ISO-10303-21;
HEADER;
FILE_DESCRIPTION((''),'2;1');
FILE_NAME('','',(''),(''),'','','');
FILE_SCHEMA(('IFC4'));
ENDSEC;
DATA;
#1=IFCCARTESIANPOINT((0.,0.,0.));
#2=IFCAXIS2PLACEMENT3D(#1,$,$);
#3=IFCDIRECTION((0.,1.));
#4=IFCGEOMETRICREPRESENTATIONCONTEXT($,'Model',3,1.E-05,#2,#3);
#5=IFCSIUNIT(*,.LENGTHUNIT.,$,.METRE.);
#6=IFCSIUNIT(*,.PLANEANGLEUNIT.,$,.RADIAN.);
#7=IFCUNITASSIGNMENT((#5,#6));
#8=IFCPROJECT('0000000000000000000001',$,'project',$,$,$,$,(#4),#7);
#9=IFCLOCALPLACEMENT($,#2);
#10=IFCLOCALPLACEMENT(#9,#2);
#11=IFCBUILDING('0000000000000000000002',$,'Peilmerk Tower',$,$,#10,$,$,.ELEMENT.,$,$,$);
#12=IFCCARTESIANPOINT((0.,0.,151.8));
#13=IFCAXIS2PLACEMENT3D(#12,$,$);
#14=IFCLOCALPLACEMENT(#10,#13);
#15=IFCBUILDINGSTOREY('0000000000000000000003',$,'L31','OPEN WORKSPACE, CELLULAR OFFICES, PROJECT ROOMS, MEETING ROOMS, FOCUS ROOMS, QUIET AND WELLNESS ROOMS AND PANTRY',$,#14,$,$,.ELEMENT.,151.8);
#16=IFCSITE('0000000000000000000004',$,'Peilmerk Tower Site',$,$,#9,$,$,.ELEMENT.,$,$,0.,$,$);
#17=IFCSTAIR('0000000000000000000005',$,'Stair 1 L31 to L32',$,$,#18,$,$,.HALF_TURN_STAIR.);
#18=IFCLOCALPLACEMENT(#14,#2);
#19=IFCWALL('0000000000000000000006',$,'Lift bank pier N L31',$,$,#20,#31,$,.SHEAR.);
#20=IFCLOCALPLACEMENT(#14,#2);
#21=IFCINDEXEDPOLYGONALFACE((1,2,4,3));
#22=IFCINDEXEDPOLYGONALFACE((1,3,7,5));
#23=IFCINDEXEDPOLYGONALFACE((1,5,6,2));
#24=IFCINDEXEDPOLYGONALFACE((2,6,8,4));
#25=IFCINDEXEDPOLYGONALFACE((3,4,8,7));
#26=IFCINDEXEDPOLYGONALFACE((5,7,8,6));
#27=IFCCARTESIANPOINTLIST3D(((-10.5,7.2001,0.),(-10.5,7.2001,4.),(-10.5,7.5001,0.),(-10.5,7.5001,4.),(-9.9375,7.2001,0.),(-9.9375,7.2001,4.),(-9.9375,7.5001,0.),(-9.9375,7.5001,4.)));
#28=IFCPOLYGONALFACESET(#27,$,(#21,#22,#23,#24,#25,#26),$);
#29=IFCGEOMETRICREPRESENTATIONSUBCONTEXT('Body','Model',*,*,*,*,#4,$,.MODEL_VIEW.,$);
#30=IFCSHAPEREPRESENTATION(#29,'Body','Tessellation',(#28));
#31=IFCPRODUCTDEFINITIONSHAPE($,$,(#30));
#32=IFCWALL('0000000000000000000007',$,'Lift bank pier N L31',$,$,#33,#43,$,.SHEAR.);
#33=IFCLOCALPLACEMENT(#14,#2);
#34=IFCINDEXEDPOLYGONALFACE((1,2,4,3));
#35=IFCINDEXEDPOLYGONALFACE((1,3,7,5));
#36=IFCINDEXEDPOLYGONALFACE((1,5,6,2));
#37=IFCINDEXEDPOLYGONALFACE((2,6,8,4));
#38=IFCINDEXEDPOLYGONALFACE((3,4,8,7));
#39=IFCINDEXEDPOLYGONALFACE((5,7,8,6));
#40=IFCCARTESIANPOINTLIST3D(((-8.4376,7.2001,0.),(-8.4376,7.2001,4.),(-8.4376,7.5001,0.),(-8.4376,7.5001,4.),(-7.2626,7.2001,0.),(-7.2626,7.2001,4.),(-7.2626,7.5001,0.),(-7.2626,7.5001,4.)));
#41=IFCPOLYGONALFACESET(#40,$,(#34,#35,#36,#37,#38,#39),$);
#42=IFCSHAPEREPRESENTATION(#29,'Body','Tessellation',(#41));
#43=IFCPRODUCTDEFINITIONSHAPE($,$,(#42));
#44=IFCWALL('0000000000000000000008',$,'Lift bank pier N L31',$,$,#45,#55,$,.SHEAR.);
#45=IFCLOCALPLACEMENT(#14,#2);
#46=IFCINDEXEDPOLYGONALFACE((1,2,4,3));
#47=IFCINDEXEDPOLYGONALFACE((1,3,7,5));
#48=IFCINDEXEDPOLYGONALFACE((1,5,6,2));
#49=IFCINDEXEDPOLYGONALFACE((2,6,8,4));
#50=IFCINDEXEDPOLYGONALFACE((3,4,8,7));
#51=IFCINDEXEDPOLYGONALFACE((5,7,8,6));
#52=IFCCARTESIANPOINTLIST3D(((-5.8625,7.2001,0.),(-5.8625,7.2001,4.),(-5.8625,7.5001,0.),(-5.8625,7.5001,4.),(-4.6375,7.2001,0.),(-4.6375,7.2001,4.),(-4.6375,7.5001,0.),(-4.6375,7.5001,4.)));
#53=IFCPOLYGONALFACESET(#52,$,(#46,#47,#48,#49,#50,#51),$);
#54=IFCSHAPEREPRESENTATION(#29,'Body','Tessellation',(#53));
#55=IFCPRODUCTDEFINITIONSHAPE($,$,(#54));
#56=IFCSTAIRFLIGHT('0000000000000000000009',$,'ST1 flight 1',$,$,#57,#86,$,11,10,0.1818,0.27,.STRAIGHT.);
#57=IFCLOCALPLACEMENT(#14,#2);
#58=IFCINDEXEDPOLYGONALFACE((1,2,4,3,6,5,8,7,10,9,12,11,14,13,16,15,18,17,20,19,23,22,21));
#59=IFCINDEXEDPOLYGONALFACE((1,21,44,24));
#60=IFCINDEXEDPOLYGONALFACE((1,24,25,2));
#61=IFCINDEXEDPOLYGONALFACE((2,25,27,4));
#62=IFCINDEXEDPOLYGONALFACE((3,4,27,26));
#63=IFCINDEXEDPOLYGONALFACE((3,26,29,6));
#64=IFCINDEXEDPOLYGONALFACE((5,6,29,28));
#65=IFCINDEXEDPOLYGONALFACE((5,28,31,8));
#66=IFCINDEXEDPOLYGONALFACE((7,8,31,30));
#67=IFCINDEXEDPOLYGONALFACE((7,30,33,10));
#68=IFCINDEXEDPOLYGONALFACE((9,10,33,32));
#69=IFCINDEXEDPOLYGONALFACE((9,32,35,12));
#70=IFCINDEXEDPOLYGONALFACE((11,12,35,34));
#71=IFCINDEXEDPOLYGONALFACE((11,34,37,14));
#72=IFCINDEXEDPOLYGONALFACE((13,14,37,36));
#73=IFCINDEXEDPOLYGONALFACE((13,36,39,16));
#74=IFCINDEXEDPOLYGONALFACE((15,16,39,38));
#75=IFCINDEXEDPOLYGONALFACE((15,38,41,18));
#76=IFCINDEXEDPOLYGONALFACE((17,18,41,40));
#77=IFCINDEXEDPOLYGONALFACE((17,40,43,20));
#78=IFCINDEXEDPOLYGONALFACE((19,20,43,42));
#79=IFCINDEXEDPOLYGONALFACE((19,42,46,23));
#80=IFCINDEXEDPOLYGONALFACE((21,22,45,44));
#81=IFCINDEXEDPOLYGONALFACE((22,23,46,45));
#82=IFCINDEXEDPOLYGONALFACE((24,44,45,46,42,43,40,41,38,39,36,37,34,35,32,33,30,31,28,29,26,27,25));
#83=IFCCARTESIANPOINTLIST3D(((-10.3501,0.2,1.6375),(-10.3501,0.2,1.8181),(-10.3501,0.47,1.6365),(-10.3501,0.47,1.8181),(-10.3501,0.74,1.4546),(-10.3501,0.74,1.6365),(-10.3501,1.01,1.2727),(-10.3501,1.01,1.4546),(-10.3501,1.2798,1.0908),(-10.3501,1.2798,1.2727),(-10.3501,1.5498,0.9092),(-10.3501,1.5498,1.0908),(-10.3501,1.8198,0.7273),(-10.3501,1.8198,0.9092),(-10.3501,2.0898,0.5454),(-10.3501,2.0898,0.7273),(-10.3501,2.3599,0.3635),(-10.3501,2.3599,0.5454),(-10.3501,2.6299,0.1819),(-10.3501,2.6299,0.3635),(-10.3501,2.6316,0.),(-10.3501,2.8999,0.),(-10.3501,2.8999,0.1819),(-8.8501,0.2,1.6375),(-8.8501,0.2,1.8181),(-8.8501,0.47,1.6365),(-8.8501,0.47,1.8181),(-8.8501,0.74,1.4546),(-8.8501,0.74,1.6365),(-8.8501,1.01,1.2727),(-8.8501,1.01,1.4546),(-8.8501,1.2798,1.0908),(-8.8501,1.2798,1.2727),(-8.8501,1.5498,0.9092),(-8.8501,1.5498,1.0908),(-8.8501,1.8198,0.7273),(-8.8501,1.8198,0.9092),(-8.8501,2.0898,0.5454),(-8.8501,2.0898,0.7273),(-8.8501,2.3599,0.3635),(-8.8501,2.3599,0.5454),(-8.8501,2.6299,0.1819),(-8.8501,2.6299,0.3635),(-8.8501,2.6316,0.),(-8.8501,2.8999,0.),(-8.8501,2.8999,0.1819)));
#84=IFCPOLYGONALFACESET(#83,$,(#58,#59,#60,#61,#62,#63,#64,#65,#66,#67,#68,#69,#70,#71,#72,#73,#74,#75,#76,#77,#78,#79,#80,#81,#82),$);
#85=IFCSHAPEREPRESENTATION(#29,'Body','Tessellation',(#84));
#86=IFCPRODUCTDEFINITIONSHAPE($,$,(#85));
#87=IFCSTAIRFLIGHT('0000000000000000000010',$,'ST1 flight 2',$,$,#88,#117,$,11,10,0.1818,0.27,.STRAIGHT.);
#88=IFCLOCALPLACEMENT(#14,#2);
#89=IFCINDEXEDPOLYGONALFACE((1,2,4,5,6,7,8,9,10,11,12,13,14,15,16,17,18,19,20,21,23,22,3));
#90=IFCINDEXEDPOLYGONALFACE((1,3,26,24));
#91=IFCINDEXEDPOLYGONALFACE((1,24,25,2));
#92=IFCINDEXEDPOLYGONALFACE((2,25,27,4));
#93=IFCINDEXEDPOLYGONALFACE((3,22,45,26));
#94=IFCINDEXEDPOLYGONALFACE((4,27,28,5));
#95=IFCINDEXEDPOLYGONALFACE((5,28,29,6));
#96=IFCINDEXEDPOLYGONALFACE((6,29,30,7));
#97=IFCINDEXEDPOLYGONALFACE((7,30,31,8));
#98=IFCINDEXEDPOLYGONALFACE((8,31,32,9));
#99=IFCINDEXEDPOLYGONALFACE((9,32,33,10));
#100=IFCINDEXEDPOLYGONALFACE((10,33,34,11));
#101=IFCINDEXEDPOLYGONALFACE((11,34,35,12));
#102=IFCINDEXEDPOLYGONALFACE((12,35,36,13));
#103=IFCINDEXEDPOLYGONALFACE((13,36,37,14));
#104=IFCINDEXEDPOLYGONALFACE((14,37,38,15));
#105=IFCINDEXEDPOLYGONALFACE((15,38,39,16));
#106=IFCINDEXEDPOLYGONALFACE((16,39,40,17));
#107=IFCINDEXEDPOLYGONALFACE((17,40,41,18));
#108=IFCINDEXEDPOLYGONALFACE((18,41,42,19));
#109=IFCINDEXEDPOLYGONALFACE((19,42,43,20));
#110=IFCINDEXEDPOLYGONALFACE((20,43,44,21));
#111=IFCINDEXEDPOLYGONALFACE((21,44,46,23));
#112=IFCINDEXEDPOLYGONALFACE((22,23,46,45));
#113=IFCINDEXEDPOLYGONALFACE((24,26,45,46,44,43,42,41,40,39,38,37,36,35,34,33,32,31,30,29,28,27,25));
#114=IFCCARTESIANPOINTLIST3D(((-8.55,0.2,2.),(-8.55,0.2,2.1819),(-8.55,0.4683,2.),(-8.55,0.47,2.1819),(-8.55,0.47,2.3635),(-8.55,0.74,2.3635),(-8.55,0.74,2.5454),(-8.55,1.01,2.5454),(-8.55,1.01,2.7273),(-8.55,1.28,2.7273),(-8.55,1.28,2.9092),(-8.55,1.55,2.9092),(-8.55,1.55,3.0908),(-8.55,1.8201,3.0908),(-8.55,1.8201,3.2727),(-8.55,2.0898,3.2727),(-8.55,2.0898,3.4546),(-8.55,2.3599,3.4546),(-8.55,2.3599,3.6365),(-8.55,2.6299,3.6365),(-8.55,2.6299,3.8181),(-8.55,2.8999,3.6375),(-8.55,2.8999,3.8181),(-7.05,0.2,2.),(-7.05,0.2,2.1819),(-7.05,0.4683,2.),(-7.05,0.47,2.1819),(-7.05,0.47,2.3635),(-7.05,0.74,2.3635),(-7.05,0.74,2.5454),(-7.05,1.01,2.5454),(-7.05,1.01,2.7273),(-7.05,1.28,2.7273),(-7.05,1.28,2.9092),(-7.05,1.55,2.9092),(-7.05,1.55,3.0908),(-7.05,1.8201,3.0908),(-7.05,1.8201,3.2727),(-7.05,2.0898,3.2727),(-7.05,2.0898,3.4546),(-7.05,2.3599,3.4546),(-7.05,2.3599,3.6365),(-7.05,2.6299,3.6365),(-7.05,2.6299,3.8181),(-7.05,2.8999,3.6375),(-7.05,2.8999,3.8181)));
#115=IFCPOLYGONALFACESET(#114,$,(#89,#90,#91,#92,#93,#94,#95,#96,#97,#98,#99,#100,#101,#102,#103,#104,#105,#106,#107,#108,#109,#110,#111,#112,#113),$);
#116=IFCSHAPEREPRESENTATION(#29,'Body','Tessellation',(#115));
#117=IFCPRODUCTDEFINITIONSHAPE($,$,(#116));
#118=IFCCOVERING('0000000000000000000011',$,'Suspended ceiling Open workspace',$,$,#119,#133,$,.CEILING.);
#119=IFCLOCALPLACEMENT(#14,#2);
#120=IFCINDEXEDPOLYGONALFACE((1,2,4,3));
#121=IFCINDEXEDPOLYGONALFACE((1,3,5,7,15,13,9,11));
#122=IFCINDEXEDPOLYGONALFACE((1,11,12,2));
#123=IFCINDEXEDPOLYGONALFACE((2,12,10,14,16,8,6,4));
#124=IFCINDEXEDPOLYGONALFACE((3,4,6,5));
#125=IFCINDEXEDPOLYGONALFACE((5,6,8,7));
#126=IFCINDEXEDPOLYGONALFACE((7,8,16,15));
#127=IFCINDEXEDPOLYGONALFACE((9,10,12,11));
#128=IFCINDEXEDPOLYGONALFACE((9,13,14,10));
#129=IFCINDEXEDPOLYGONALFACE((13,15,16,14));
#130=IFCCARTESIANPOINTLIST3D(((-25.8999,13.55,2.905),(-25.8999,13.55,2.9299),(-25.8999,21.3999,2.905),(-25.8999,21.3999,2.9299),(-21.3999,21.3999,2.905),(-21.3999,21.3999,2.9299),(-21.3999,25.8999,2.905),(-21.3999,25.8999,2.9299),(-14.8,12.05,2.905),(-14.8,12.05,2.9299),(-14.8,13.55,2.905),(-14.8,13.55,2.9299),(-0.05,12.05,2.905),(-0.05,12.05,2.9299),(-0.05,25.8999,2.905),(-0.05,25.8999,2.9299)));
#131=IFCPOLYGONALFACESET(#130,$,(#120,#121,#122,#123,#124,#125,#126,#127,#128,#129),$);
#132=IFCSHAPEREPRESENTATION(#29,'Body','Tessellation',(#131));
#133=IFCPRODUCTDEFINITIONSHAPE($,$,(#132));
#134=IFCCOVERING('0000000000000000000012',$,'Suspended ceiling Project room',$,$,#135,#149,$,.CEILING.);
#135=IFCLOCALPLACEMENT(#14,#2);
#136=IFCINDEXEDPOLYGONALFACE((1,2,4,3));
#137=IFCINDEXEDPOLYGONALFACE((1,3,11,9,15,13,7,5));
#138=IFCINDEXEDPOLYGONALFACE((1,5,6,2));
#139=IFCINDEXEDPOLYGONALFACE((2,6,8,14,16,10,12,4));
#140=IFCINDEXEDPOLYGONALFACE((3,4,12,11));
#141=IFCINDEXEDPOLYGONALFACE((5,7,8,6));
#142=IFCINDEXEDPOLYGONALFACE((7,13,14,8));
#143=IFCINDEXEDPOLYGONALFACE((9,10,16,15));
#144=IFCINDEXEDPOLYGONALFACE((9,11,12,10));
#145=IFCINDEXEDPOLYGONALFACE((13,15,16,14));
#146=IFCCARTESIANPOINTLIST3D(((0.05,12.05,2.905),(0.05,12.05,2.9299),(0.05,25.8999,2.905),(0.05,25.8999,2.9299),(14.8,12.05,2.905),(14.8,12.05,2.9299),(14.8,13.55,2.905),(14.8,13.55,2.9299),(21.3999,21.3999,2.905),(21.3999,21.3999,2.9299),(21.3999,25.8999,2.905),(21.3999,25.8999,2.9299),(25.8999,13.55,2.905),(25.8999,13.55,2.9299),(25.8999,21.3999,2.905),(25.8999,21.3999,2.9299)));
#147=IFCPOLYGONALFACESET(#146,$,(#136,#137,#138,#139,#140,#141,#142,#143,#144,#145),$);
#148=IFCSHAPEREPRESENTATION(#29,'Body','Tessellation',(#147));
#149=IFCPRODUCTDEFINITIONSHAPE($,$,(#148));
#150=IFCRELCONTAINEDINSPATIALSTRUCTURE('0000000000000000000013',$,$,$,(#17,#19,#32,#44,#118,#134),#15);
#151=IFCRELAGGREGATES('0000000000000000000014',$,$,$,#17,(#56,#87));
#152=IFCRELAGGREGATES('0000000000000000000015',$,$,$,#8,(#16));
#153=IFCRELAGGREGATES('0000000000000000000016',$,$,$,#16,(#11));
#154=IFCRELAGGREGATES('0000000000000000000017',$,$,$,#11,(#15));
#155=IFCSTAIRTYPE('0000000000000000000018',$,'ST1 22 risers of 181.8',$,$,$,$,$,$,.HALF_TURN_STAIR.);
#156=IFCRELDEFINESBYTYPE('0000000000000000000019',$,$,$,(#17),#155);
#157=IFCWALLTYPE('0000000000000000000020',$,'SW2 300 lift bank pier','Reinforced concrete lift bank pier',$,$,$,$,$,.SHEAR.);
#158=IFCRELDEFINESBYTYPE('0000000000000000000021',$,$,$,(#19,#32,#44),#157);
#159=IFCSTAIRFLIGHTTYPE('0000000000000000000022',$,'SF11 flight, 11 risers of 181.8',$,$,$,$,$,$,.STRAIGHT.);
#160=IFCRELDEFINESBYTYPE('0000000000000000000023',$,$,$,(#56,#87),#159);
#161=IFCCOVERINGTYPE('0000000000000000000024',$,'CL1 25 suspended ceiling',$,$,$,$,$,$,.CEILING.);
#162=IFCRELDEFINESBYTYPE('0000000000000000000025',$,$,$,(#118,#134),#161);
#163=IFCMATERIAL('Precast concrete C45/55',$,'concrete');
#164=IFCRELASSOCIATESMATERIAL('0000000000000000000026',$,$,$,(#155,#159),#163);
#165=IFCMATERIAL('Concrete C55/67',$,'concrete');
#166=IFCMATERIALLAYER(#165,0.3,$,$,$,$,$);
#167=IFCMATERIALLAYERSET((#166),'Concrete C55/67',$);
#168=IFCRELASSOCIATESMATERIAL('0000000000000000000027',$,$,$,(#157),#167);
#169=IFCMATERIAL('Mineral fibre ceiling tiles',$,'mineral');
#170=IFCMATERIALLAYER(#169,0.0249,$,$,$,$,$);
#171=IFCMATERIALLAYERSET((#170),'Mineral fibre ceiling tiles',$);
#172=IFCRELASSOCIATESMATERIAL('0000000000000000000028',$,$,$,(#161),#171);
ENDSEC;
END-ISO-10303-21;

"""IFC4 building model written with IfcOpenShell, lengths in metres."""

from ifc_helpers import new_model, si_unit, direction, frame, frame_2d, origin, place, context, subcontext, project, spatial, polyline, rectangle, outline, extrude, material, layer, layer_set, type_object, element, aggregate, save


model = new_model("IFC4")

# Units and contexts
model_context = context("Model", 3, precision=1e-05, world=origin(), true_north=direction((0.0, 1.0)))
body_context = subcontext(model_context, "Body", "Model", "MODEL_VIEW")
ifc_project = project(units=[si_unit("LENGTHUNIT", "METRE"), si_unit("PLANEANGLEUNIT", "RADIAN")], contexts=[model_context])

# Site, building, storey
site_placement = place(None, origin())
site = spatial("IfcSite", under=ifc_project, at=site_placement, Name="Peilmerk Tower Site", CompositionType="ELEMENT", RefElevation=0.0)
building_placement = place(site_placement, origin())
building = spatial("IfcBuilding", under=site, at=building_placement, Name="Peilmerk Tower", CompositionType="ELEMENT")
storey_placement = place(building_placement, frame((0.0, 0.0, 151.8)))
storey = spatial("IfcBuildingStorey", under=building, at=storey_placement, Name="L31", Description="OPEN WORKSPACE, CELLULAR OFFICES, PROJECT ROOMS, MEETING ROOMS, FOCUS ROOMS, QUIET AND WELLNESS ROOMS AND PANTRY", CompositionType="ELEMENT", Elevation=151.8)

# Shared definitions
ifc_material_1 = material(Name="Concrete C55/67", Category="concrete")

# Stair
ifc_material_2 = material(Name="Precast concrete C45/55", Category="concrete")
stair_type_1 = type_object("IfcStairType", Name="ST1 22 risers of 181.8", PredefinedType="HALF_TURN_STAIR", material=ifc_material_2)
stair_1_placement = place(storey_placement, origin())
stair_1 = element("IfcStair", 1, at=stair_1_placement, inside=storey, type_object=stair_type_1, Name="Stair 1 L31 to L32", PredefinedType="HALF_TURN_STAIR")

# Walls
ifc_layer_1 = layer(ifc_material_1, 0.3)
ifc_layer_set_1 = layer_set([ifc_layer_1], Name="Concrete C55/67")
wall_type_1 = type_object("IfcWallType", Name="SW2 300 lift bank pier", Description="Reinforced concrete lift bank pier", PredefinedType="SHEAR", material=ifc_layer_set_1)
wall_1_placement = place(storey_placement, frame((-10.5, 7.3501, 0.0), z_axis=(0.0, 0.0, 1.0), x_axis=(1.0, 0.0, 0.0)))
element("IfcWall", 2, at=wall_1_placement, inside=storey, type_object=wall_type_1, Name="Lift bank pier N L31", PredefinedType="SHEAR", context=body_context, shape_type="SweptSolid", body=[
    extrude(rectangle(XDim=0.5625, YDim=0.3, at=frame_2d((0.2812, 0.0))), origin(), (0.0, 0.0, 1.0), 4.0),
])
wall_2_placement = place(storey_placement, frame((-8.4375, 7.3501, 0.0), z_axis=(0.0, 0.0, 1.0), x_axis=(1.0, 0.0, 0.0)))
element("IfcWall", 3, at=wall_2_placement, inside=storey, type_object=wall_type_1, Name="Lift bank pier N L31", PredefinedType="SHEAR", context=body_context, shape_type="SweptSolid", body=[
    extrude(rectangle(XDim=1.175, YDim=0.3, at=frame_2d((0.5874, 0.0))), origin(), (0.0, 0.0, 1.0), 4.0),
])
wall_3_placement = place(storey_placement, frame((-5.8625, 7.3501, 0.0), z_axis=(0.0, 0.0, 1.0), x_axis=(1.0, 0.0, 0.0)))
element("IfcWall", 4, at=wall_3_placement, inside=storey, type_object=wall_type_1, Name="Lift bank pier N L31", PredefinedType="SHEAR", context=body_context, shape_type="SweptSolid", body=[
    extrude(rectangle(XDim=1.2251, YDim=0.3, at=frame_2d((0.6125, 0.0))), origin(), (0.0, 0.0, 1.0), 4.0),
])

# Stair flights
stair_flight_type = type_object("IfcStairFlightType", Name="SF11 flight, 11 risers of 181.8", PredefinedType="STRAIGHT", material=ifc_material_2)
stair_flight_1_placement = place(storey_placement, frame((-9.6001, 2.8999, 0.0), z_axis=(0.0, 0.0, 1.0), x_axis=(0.0, -1.0, 0.0)))
stair_flight_1 = element("IfcStairFlight", 5, at=stair_flight_1_placement, type_object=stair_flight_type, Name="ST1 flight 1", NumberOfRisers=11, NumberOfTreads=10, PredefinedType="STRAIGHT", RiserHeight=0.1818, TreadLength=0.27, context=body_context, shape_type="SweptSolid", body=[
    extrude(outline(polyline([(0.0, 0.0), (0.0, 0.1819), (0.27, 0.1819), (0.27, 0.3635), (0.54, 0.3635), (0.54, 0.5454), (0.8101, 0.5454), (0.8101, 0.7273), (1.0801, 0.7273), (1.0801, 0.9092), (1.3501, 0.9092), (1.3501, 1.0908), (1.6201, 1.0908), (1.6201, 1.2727), (1.8899, 1.2727), (1.8899, 1.4546), (2.1599, 1.4546), (2.1599, 1.6365), (2.4299, 1.6365), (2.4299, 1.8181), (2.7, 1.8181), (2.7, 2.0), (2.7, 1.6375), (0.2683, 0.0), (0.0, 0.0)])), frame((0.0, 0.75, 0.0), z_axis=(0.0, -1.0, 0.0), x_axis=(1.0, 0.0, 0.0)), (0.0, 0.0, 1.0), 1.5),
])
stair_flight_2_placement = place(storey_placement, frame((-7.8, 0.2, 2.0), z_axis=(0.0, 0.0, 1.0), x_axis=(0.0, 1.0, 0.0)))
stair_flight_2 = element("IfcStairFlight", 6, at=stair_flight_2_placement, type_object=stair_flight_type, Name="ST1 flight 2", NumberOfRisers=11, NumberOfTreads=10, PredefinedType="STRAIGHT", RiserHeight=0.1818, TreadLength=0.27, context=body_context, shape_type="SweptSolid", body=[
    extrude(outline(polyline([(0.0, 0.0), (0.0, 0.1819), (0.27, 0.1819), (0.27, 0.3635), (0.54, 0.3635), (0.54, 0.5454), (0.8101, 0.5454), (0.8101, 0.7273), (1.0801, 0.7273), (1.0801, 0.9092), (1.3501, 0.9092), (1.3501, 1.0908), (1.6201, 1.0908), (1.6201, 1.2727), (1.8899, 1.2727), (1.8899, 1.4546), (2.1599, 1.4546), (2.1599, 1.6365), (2.4299, 1.6365), (2.4299, 1.8181), (2.7, 1.8181), (2.7, 2.0), (2.7, 1.6375), (0.2683, 0.0), (0.0, 0.0)])), frame((0.0, 0.75, 0.0), z_axis=(0.0, -1.0, 0.0), x_axis=(1.0, 0.0, 0.0)), (0.0, 0.0, 1.0), 1.5),
])
aggregate(stair_1, [stair_flight_1, stair_flight_2])

# Coverings
ifc_material_3 = material(Name="Mineral fibre ceiling tiles", Category="mineral")
ifc_layer_2 = layer(ifc_material_3, 0.0249)
ifc_layer_set_2 = layer_set([ifc_layer_2], Name="Mineral fibre ceiling tiles")
covering_type = type_object("IfcCoveringType", Name="CL1 25 suspended ceiling", PredefinedType="CEILING", material=ifc_layer_set_2)
covering_1_placement = place(storey_placement, frame((0.0, 0.0, 2.905)))
element("IfcCovering", 7, at=covering_1_placement, inside=storey, type_object=covering_type, Name="Suspended ceiling Open workspace", PredefinedType="CEILING", context=body_context, shape_type="SweptSolid", body=[
    extrude(outline(polyline([(-25.8999, 21.3999), (-25.8999, 13.55), (-14.8, 13.55), (-14.8, 12.05), (-0.05, 12.05), (-0.05, 25.8999), (-21.3999, 25.8999), (-21.3999, 21.3999), (-25.8999, 21.3999)])), origin(), (0.0, 0.0, 1.0), 0.0249),
])
covering_2_placement = place(storey_placement, frame((0.0, 0.0, 2.905)))
element("IfcCovering", 8, at=covering_2_placement, inside=storey, type_object=covering_type, Name="Suspended ceiling Project room", PredefinedType="CEILING", context=body_context, shape_type="SweptSolid", body=[
    extrude(outline(polyline([(21.3999, 25.8999), (0.05, 25.8999), (0.05, 12.05), (14.8, 12.05), (14.8, 13.55), (25.8999, 13.55), (25.8999, 21.3999), (21.3999, 21.3999), (21.3999, 25.8999)])), origin(), (0.0, 0.0, 1.0), 0.0249),
])

save(model, "model.ifc")
